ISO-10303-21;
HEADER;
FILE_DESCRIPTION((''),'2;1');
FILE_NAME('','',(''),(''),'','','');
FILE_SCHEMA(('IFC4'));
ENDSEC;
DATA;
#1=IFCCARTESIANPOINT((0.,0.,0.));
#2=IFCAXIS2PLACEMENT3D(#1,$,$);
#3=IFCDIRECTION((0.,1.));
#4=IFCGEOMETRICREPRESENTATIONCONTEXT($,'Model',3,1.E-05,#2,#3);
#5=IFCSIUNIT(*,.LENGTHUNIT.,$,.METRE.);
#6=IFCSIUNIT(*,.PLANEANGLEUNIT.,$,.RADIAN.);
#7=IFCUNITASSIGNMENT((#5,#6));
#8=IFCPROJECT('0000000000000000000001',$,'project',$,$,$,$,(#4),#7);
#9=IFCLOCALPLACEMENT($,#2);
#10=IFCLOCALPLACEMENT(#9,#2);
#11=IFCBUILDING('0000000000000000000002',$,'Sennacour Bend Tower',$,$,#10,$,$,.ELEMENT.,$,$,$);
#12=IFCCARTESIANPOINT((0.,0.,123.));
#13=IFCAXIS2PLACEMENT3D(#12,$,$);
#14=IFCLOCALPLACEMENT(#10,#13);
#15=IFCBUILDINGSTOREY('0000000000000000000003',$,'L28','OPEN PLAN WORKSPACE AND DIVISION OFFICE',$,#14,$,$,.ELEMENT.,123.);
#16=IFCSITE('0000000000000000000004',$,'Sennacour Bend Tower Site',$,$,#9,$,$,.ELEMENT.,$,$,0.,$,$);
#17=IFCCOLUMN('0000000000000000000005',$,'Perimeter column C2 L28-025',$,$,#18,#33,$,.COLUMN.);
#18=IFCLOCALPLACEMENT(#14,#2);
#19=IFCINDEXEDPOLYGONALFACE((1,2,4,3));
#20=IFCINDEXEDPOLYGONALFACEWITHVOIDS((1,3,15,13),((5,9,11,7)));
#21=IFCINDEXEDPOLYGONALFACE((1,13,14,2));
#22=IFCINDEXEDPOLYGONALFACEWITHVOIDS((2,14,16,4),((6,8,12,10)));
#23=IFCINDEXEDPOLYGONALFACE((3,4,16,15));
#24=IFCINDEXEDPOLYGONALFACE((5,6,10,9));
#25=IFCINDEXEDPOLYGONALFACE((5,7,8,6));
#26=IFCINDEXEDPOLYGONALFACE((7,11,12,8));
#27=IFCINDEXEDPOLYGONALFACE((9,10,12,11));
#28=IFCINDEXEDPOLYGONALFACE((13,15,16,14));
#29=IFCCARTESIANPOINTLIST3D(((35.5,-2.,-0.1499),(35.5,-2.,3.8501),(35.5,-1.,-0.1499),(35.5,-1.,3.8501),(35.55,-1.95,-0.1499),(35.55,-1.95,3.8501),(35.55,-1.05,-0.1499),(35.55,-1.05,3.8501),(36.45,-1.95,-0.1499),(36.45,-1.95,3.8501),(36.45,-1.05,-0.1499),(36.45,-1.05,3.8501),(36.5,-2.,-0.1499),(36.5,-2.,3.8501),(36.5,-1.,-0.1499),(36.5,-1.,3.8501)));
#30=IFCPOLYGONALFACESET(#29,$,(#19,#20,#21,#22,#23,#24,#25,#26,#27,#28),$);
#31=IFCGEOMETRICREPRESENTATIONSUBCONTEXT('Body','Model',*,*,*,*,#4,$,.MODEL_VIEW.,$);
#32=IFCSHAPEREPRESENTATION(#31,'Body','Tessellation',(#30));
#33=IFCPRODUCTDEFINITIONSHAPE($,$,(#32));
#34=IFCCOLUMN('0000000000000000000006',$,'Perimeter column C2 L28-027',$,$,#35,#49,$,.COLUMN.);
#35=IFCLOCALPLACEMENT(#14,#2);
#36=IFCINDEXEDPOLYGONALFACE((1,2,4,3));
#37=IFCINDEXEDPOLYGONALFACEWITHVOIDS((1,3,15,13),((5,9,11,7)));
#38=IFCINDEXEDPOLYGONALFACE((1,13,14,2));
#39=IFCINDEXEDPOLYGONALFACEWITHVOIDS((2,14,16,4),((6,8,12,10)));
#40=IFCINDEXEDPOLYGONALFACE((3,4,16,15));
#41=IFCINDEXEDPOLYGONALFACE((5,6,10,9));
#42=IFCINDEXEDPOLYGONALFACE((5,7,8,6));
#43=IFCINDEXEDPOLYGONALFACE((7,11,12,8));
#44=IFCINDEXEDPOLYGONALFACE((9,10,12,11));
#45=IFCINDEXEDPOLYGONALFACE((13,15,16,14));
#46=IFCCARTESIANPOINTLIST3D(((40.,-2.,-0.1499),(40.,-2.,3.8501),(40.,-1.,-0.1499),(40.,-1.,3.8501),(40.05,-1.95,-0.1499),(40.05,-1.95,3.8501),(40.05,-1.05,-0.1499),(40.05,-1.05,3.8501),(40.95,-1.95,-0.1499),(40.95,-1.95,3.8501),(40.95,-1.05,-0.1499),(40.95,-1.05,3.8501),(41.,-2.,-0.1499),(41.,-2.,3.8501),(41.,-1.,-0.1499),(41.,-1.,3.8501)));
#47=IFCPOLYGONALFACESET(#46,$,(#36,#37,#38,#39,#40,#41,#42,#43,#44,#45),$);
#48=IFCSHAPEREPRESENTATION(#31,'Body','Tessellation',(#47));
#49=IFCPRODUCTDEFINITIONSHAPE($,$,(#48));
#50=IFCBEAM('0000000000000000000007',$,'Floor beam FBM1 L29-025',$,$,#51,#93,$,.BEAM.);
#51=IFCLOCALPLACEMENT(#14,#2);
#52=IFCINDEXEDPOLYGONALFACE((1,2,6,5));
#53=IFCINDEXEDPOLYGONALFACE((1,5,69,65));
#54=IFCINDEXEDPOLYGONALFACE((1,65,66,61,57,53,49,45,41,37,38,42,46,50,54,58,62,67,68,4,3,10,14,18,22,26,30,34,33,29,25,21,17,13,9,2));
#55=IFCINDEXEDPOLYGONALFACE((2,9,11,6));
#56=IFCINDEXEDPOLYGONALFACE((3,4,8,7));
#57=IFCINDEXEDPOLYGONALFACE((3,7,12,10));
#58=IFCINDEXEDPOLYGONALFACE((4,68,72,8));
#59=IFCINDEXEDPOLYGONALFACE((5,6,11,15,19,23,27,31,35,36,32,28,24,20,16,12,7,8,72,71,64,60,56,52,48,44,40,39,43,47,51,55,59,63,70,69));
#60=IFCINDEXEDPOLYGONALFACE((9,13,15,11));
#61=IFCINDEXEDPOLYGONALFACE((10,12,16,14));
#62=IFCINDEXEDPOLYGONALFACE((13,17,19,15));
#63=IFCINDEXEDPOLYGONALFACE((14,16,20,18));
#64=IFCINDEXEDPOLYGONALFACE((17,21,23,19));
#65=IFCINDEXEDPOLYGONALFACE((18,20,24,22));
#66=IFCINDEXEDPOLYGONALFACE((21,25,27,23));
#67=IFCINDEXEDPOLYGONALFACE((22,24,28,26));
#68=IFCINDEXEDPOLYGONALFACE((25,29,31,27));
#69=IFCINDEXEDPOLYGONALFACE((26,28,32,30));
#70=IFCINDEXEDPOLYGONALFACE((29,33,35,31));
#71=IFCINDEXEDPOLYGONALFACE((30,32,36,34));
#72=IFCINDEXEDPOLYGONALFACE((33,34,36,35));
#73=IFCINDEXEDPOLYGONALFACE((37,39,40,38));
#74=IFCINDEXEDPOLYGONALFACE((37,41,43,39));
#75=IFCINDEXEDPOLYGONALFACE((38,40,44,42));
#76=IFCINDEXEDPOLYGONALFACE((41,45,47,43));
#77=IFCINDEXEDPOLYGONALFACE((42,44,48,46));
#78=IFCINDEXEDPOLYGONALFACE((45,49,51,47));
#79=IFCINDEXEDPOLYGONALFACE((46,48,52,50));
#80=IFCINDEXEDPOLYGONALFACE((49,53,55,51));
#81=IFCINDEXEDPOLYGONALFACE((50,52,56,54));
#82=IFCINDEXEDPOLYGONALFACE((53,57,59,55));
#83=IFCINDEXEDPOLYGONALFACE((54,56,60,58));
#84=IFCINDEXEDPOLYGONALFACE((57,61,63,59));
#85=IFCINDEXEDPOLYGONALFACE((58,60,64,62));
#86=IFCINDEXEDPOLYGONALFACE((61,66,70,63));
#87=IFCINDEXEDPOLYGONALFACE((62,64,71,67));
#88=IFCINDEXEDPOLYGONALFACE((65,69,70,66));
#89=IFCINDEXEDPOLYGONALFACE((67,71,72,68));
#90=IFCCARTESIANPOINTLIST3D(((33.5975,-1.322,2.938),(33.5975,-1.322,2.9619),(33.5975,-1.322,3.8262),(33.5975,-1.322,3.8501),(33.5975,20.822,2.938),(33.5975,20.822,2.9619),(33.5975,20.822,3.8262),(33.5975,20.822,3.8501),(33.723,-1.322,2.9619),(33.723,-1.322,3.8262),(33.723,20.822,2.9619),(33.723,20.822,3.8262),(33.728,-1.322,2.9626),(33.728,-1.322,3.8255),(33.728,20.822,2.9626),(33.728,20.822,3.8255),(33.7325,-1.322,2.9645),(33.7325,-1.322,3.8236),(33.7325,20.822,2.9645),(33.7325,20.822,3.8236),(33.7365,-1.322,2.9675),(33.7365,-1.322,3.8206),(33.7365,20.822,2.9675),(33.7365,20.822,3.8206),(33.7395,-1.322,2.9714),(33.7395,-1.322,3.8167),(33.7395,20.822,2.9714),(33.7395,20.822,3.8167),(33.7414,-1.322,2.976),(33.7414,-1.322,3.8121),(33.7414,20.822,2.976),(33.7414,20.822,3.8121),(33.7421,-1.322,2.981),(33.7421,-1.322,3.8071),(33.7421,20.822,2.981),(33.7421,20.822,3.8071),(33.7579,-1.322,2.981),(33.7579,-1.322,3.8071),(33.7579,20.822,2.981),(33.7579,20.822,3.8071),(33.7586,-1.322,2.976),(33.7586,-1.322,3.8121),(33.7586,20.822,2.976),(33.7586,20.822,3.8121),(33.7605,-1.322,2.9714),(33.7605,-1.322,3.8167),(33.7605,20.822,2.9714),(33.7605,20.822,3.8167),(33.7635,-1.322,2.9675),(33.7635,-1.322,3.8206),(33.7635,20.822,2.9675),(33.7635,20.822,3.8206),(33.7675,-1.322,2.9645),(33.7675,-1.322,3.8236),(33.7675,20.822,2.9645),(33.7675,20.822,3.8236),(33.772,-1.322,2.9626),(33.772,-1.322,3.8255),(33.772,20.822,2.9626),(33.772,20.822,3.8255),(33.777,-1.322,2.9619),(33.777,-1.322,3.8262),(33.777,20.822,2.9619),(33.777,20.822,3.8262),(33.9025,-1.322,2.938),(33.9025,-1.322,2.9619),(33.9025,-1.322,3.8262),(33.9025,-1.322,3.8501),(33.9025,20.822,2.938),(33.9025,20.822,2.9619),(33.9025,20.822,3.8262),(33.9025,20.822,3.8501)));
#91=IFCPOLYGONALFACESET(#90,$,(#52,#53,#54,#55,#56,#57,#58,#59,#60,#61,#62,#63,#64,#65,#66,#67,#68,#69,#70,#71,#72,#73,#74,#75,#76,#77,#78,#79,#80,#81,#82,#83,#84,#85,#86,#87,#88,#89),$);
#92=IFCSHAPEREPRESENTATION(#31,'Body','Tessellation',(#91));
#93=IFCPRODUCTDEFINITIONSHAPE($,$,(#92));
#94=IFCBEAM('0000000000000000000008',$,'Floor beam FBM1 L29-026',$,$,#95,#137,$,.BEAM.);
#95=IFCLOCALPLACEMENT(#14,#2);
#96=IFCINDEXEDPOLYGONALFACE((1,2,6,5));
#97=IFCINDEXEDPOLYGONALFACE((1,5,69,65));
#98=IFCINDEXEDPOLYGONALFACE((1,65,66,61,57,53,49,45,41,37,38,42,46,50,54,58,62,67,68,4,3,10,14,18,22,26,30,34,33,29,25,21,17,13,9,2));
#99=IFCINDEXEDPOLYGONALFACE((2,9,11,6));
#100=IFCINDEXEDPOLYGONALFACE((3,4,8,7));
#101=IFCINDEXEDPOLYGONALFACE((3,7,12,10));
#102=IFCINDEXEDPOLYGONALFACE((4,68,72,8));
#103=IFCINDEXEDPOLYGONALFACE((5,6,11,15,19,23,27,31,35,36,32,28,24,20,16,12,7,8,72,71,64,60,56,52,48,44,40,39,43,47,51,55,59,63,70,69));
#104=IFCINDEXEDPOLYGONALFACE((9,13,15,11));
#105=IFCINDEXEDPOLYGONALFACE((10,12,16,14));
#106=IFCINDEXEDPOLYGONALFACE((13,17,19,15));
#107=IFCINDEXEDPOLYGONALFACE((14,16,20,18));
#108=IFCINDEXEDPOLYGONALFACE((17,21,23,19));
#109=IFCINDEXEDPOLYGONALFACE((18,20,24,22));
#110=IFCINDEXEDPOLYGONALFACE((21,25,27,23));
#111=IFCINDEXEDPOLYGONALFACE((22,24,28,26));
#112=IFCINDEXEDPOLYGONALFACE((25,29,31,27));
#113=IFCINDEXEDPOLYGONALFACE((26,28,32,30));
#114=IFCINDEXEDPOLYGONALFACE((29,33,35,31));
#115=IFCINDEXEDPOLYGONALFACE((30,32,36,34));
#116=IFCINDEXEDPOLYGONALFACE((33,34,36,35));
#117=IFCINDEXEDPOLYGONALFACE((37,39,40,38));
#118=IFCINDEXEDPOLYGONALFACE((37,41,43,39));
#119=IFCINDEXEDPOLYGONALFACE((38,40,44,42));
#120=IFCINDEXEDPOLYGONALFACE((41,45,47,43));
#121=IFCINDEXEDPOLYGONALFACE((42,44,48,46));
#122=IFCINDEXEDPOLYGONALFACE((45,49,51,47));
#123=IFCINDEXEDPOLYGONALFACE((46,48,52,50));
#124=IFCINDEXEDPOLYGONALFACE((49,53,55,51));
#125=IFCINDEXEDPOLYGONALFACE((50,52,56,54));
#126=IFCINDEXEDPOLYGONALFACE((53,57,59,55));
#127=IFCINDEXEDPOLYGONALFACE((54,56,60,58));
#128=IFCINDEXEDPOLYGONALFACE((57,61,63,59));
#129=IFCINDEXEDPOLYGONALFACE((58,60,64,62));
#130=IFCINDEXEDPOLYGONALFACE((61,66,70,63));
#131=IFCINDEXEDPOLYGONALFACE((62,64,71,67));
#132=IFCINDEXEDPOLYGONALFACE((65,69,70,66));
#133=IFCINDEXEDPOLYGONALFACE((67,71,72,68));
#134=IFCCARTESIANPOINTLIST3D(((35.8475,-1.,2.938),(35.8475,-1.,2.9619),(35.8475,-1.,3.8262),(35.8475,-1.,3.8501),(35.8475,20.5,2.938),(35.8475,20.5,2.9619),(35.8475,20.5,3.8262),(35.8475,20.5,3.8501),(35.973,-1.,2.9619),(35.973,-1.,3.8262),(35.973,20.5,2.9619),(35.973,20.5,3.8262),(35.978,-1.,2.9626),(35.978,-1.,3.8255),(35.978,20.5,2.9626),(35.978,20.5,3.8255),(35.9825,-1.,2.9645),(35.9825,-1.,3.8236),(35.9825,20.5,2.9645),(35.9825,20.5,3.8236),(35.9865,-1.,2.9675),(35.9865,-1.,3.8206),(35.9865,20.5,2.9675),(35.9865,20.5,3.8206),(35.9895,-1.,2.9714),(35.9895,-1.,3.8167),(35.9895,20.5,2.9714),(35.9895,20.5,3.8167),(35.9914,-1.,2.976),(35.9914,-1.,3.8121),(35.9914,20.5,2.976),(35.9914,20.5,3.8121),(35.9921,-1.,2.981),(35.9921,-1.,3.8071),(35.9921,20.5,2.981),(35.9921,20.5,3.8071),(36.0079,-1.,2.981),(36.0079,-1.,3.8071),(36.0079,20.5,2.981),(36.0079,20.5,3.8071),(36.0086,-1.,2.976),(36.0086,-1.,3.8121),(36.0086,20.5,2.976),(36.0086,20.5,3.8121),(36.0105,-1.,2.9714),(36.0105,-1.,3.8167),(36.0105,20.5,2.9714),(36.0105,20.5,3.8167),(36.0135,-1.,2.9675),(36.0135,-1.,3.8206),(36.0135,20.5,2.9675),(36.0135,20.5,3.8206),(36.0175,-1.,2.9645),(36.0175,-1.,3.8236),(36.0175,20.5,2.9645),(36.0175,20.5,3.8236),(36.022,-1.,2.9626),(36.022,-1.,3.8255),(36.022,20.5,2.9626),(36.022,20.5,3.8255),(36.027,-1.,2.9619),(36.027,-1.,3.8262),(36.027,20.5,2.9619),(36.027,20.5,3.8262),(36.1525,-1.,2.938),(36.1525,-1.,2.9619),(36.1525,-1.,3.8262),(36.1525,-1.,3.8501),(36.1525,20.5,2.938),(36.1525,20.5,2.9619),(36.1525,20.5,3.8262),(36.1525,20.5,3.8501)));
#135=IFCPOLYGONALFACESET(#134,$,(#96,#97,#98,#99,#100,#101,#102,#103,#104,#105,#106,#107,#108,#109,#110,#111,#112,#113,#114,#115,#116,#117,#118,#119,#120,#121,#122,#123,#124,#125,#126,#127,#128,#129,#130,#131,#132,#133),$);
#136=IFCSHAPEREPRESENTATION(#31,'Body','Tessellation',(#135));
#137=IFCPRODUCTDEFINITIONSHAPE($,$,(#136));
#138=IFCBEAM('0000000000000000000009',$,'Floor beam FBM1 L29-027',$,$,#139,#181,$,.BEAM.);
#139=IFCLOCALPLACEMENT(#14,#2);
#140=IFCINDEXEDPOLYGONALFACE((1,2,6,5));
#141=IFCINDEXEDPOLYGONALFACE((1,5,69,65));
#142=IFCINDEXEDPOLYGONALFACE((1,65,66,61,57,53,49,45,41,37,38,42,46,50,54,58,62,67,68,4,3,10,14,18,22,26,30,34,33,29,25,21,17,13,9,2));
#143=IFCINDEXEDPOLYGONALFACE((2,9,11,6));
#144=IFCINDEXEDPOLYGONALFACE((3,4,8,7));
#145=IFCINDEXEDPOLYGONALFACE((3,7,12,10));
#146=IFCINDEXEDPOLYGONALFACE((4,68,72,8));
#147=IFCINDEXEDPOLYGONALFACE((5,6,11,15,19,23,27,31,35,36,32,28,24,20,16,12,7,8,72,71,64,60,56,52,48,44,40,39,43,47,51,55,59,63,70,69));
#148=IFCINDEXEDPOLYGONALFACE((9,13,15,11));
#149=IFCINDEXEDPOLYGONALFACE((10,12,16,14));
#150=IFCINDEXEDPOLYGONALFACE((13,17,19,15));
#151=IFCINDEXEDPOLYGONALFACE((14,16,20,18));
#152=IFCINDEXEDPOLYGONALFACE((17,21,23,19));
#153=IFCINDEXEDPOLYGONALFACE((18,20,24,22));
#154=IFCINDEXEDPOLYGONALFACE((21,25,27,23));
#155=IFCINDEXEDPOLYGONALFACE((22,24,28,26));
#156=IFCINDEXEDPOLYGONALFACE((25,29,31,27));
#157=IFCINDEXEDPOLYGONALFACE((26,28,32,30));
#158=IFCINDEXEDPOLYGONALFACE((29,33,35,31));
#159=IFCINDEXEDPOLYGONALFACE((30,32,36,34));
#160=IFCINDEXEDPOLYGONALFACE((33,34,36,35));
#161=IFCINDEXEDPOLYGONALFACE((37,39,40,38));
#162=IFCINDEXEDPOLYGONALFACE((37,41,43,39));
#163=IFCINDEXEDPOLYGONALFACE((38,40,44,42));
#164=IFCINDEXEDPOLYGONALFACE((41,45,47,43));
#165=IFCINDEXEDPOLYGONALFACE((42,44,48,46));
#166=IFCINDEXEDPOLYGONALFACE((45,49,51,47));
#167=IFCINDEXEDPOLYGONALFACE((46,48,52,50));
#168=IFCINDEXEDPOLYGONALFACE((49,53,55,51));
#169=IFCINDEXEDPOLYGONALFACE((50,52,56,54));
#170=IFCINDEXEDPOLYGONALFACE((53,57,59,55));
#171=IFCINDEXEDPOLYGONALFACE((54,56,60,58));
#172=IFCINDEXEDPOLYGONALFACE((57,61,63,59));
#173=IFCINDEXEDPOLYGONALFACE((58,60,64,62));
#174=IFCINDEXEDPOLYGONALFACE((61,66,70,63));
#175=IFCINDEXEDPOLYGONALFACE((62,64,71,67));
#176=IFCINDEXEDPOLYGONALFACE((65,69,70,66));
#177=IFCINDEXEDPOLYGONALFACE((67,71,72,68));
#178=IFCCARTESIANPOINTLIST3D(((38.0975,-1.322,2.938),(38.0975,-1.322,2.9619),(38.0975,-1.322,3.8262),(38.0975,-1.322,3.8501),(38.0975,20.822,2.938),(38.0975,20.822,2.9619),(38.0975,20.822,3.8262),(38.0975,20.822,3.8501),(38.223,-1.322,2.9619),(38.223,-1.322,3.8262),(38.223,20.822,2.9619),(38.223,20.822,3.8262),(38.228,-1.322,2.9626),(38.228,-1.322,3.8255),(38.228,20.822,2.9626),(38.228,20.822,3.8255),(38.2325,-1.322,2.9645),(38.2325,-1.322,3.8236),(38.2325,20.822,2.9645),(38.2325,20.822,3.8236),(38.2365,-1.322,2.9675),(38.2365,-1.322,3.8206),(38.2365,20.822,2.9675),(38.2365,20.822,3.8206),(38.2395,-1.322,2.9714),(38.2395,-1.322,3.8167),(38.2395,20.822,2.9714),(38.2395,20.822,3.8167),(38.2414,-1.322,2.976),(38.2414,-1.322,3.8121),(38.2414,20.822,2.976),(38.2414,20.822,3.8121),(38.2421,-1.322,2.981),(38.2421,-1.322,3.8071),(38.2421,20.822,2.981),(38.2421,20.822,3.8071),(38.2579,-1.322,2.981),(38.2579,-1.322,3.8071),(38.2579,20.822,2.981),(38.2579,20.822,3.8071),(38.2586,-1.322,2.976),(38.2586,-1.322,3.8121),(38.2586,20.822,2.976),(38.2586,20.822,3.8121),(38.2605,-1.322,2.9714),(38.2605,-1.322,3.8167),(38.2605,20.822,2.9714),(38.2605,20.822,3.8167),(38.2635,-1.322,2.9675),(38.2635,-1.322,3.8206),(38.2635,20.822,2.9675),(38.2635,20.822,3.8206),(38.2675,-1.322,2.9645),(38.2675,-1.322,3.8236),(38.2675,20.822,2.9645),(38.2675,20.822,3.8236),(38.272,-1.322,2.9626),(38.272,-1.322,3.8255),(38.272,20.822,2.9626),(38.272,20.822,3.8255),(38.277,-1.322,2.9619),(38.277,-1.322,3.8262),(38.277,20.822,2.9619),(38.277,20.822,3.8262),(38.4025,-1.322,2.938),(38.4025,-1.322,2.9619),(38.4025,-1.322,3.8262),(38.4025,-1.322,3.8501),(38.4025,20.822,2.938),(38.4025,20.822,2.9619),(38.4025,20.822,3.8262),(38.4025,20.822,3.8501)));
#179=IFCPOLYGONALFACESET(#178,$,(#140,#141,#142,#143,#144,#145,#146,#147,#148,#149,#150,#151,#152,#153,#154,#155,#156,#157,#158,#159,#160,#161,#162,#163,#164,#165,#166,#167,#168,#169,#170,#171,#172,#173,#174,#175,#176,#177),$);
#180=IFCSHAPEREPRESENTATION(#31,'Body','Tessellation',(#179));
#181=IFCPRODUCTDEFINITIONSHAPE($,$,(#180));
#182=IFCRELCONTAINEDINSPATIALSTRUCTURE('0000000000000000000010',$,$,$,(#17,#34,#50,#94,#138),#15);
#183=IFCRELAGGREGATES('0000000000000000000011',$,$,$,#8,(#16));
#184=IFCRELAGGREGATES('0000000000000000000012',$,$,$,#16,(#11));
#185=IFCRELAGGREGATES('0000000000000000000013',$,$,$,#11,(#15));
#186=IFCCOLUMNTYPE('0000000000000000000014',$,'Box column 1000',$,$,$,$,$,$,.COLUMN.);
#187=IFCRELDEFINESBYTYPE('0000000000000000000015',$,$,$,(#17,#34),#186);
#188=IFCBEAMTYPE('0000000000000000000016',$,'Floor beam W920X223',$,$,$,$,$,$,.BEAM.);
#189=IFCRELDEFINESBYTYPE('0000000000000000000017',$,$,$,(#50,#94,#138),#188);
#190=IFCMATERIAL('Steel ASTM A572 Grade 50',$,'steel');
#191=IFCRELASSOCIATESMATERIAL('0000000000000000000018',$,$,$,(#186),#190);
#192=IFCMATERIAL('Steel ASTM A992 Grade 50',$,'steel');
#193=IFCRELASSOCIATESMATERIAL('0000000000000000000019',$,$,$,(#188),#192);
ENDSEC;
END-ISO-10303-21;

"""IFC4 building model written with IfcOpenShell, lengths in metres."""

from ifc_helpers import new_model, si_unit, direction, frame, origin, origin_2d, place, context, subcontext, project, spatial, hollow_rectangle, i_section, extrude, material, material_profile, profile_set, type_object, element, save


model = new_model("IFC4")

# Units and contexts
model_context = context("Model", 3, precision=1e-05, world=origin(), true_north=direction((0.0, 1.0)))
body_context = subcontext(model_context, "Body", "Model", "MODEL_VIEW")
ifc_project = project(units=[si_unit("LENGTHUNIT", "METRE"), si_unit("PLANEANGLEUNIT", "RADIAN")], contexts=[model_context])

# Site, building, storey
site_placement = place(None, origin())
site = spatial("IfcSite", under=ifc_project, at=site_placement, Name="Sennacour Bend Tower Site", CompositionType="ELEMENT", RefElevation=0.0)
building_placement = place(site_placement, origin())
building = spatial("IfcBuilding", under=site, at=building_placement, Name="Sennacour Bend Tower", CompositionType="ELEMENT")
storey_placement = place(building_placement, frame((0.0, 0.0, 123.0)))
storey = spatial("IfcBuildingStorey", under=building, at=storey_placement, Name="L28", Description="OPEN PLAN WORKSPACE AND DIVISION OFFICE", CompositionType="ELEMENT", Elevation=123.0)

# Columns
ifc_material_1 = material(Name="Steel ASTM A572 Grade 50", Category="steel")
ifc_material_profile_1 = material_profile(ifc_material_1, hollow_rectangle(XDim=1.0, YDim=1.0, WallThickness=0.05, at=origin_2d()), Name="Steel ASTM A572 Grade 50", Category="steel")
ifc_profile_set_1 = profile_set([ifc_material_profile_1], Name="Steel ASTM A572 Grade 50")
column_type = type_object("IfcColumnType", Name="Box column 1000", PredefinedType="COLUMN", material=ifc_profile_set_1)
for number, where, z_axis, x_axis, name in (
    (1, (36.0, -1.5, -0.1499), (0.0, 0.0, 1.0), (1.0, 0.0, 0.0), "Perimeter column C2 L28-025"),
    (2, (40.5, -1.5, -0.1499), (0.0, 0.0, 1.0), (1.0, 0.0, 0.0), "Perimeter column C2 L28-027"),
):
    element("IfcColumn", number, at=place(storey_placement, frame(where, z_axis=z_axis, x_axis=x_axis)), inside=storey, type_object=column_type, Name=name, PredefinedType="COLUMN", context=body_context, shape_type="SweptSolid", body=[
        extrude(hollow_rectangle(XDim=1.0, YDim=1.0, WallThickness=0.05, at=origin_2d()), origin(), (0.0, 0.0, 1.0), 4.0),
    ])

# Beams
ifc_material_2 = material(Name="Steel ASTM A992 Grade 50", Category="steel")
ifc_material_profile_2 = material_profile(ifc_material_2, i_section(OverallWidth=0.3049, OverallDepth=0.9121, WebThickness=0.0159, FlangeThickness=0.0239, FilletRadius=0.019, at=origin_2d()), Name="Steel ASTM A992 Grade 50", Category="steel")
ifc_profile_set_2 = profile_set([ifc_material_profile_2], Name="Steel ASTM A992 Grade 50")
beam_type_1 = type_object("IfcBeamType", Name="Floor beam W920X223", PredefinedType="BEAM", material=ifc_profile_set_2)
beam_1_placement = place(storey_placement, frame((33.75, -1.322, 3.394), z_axis=(0.0, 1.0, 0.0), x_axis=(-1.0, 0.0, 0.0)))
element("IfcBeam", 3, at=beam_1_placement, inside=storey, type_object=beam_type_1, Name="Floor beam FBM1 L29-025", PredefinedType="BEAM", context=body_context, shape_type="SweptSolid", body=[
    extrude(i_section(OverallWidth=0.3049, OverallDepth=0.9121, WebThickness=0.0159, FlangeThickness=0.0239, FilletRadius=0.019, at=origin_2d()), origin(), (0.0, 0.0, 1.0), 22.144),
])
beam_2_placement = place(storey_placement, frame((36.0, -1.0, 3.394), z_axis=(0.0, 1.0, 0.0), x_axis=(-1.0, 0.0, 0.0)))
element("IfcBeam", 4, at=beam_2_placement, inside=storey, type_object=beam_type_1, Name="Floor beam FBM1 L29-026", PredefinedType="BEAM", context=body_context, shape_type="SweptSolid", body=[
    extrude(i_section(OverallWidth=0.3049, OverallDepth=0.9121, WebThickness=0.0159, FlangeThickness=0.0239, FilletRadius=0.019, at=origin_2d()), origin(), (0.0, 0.0, 1.0), 21.5),
])
beam_3_placement = place(storey_placement, frame((38.25, -1.322, 3.394), z_axis=(0.0, 1.0, 0.0), x_axis=(-1.0, 0.0, 0.0)))
element("IfcBeam", 5, at=beam_3_placement, inside=storey, type_object=beam_type_1, Name="Floor beam FBM1 L29-027", PredefinedType="BEAM", context=body_context, shape_type="SweptSolid", body=[
    extrude(i_section(OverallWidth=0.3049, OverallDepth=0.9121, WebThickness=0.0159, FlangeThickness=0.0239, FilletRadius=0.019, at=origin_2d()), origin(), (0.0, 0.0, 1.0), 22.144),
])

save(model, "model.ifc")
